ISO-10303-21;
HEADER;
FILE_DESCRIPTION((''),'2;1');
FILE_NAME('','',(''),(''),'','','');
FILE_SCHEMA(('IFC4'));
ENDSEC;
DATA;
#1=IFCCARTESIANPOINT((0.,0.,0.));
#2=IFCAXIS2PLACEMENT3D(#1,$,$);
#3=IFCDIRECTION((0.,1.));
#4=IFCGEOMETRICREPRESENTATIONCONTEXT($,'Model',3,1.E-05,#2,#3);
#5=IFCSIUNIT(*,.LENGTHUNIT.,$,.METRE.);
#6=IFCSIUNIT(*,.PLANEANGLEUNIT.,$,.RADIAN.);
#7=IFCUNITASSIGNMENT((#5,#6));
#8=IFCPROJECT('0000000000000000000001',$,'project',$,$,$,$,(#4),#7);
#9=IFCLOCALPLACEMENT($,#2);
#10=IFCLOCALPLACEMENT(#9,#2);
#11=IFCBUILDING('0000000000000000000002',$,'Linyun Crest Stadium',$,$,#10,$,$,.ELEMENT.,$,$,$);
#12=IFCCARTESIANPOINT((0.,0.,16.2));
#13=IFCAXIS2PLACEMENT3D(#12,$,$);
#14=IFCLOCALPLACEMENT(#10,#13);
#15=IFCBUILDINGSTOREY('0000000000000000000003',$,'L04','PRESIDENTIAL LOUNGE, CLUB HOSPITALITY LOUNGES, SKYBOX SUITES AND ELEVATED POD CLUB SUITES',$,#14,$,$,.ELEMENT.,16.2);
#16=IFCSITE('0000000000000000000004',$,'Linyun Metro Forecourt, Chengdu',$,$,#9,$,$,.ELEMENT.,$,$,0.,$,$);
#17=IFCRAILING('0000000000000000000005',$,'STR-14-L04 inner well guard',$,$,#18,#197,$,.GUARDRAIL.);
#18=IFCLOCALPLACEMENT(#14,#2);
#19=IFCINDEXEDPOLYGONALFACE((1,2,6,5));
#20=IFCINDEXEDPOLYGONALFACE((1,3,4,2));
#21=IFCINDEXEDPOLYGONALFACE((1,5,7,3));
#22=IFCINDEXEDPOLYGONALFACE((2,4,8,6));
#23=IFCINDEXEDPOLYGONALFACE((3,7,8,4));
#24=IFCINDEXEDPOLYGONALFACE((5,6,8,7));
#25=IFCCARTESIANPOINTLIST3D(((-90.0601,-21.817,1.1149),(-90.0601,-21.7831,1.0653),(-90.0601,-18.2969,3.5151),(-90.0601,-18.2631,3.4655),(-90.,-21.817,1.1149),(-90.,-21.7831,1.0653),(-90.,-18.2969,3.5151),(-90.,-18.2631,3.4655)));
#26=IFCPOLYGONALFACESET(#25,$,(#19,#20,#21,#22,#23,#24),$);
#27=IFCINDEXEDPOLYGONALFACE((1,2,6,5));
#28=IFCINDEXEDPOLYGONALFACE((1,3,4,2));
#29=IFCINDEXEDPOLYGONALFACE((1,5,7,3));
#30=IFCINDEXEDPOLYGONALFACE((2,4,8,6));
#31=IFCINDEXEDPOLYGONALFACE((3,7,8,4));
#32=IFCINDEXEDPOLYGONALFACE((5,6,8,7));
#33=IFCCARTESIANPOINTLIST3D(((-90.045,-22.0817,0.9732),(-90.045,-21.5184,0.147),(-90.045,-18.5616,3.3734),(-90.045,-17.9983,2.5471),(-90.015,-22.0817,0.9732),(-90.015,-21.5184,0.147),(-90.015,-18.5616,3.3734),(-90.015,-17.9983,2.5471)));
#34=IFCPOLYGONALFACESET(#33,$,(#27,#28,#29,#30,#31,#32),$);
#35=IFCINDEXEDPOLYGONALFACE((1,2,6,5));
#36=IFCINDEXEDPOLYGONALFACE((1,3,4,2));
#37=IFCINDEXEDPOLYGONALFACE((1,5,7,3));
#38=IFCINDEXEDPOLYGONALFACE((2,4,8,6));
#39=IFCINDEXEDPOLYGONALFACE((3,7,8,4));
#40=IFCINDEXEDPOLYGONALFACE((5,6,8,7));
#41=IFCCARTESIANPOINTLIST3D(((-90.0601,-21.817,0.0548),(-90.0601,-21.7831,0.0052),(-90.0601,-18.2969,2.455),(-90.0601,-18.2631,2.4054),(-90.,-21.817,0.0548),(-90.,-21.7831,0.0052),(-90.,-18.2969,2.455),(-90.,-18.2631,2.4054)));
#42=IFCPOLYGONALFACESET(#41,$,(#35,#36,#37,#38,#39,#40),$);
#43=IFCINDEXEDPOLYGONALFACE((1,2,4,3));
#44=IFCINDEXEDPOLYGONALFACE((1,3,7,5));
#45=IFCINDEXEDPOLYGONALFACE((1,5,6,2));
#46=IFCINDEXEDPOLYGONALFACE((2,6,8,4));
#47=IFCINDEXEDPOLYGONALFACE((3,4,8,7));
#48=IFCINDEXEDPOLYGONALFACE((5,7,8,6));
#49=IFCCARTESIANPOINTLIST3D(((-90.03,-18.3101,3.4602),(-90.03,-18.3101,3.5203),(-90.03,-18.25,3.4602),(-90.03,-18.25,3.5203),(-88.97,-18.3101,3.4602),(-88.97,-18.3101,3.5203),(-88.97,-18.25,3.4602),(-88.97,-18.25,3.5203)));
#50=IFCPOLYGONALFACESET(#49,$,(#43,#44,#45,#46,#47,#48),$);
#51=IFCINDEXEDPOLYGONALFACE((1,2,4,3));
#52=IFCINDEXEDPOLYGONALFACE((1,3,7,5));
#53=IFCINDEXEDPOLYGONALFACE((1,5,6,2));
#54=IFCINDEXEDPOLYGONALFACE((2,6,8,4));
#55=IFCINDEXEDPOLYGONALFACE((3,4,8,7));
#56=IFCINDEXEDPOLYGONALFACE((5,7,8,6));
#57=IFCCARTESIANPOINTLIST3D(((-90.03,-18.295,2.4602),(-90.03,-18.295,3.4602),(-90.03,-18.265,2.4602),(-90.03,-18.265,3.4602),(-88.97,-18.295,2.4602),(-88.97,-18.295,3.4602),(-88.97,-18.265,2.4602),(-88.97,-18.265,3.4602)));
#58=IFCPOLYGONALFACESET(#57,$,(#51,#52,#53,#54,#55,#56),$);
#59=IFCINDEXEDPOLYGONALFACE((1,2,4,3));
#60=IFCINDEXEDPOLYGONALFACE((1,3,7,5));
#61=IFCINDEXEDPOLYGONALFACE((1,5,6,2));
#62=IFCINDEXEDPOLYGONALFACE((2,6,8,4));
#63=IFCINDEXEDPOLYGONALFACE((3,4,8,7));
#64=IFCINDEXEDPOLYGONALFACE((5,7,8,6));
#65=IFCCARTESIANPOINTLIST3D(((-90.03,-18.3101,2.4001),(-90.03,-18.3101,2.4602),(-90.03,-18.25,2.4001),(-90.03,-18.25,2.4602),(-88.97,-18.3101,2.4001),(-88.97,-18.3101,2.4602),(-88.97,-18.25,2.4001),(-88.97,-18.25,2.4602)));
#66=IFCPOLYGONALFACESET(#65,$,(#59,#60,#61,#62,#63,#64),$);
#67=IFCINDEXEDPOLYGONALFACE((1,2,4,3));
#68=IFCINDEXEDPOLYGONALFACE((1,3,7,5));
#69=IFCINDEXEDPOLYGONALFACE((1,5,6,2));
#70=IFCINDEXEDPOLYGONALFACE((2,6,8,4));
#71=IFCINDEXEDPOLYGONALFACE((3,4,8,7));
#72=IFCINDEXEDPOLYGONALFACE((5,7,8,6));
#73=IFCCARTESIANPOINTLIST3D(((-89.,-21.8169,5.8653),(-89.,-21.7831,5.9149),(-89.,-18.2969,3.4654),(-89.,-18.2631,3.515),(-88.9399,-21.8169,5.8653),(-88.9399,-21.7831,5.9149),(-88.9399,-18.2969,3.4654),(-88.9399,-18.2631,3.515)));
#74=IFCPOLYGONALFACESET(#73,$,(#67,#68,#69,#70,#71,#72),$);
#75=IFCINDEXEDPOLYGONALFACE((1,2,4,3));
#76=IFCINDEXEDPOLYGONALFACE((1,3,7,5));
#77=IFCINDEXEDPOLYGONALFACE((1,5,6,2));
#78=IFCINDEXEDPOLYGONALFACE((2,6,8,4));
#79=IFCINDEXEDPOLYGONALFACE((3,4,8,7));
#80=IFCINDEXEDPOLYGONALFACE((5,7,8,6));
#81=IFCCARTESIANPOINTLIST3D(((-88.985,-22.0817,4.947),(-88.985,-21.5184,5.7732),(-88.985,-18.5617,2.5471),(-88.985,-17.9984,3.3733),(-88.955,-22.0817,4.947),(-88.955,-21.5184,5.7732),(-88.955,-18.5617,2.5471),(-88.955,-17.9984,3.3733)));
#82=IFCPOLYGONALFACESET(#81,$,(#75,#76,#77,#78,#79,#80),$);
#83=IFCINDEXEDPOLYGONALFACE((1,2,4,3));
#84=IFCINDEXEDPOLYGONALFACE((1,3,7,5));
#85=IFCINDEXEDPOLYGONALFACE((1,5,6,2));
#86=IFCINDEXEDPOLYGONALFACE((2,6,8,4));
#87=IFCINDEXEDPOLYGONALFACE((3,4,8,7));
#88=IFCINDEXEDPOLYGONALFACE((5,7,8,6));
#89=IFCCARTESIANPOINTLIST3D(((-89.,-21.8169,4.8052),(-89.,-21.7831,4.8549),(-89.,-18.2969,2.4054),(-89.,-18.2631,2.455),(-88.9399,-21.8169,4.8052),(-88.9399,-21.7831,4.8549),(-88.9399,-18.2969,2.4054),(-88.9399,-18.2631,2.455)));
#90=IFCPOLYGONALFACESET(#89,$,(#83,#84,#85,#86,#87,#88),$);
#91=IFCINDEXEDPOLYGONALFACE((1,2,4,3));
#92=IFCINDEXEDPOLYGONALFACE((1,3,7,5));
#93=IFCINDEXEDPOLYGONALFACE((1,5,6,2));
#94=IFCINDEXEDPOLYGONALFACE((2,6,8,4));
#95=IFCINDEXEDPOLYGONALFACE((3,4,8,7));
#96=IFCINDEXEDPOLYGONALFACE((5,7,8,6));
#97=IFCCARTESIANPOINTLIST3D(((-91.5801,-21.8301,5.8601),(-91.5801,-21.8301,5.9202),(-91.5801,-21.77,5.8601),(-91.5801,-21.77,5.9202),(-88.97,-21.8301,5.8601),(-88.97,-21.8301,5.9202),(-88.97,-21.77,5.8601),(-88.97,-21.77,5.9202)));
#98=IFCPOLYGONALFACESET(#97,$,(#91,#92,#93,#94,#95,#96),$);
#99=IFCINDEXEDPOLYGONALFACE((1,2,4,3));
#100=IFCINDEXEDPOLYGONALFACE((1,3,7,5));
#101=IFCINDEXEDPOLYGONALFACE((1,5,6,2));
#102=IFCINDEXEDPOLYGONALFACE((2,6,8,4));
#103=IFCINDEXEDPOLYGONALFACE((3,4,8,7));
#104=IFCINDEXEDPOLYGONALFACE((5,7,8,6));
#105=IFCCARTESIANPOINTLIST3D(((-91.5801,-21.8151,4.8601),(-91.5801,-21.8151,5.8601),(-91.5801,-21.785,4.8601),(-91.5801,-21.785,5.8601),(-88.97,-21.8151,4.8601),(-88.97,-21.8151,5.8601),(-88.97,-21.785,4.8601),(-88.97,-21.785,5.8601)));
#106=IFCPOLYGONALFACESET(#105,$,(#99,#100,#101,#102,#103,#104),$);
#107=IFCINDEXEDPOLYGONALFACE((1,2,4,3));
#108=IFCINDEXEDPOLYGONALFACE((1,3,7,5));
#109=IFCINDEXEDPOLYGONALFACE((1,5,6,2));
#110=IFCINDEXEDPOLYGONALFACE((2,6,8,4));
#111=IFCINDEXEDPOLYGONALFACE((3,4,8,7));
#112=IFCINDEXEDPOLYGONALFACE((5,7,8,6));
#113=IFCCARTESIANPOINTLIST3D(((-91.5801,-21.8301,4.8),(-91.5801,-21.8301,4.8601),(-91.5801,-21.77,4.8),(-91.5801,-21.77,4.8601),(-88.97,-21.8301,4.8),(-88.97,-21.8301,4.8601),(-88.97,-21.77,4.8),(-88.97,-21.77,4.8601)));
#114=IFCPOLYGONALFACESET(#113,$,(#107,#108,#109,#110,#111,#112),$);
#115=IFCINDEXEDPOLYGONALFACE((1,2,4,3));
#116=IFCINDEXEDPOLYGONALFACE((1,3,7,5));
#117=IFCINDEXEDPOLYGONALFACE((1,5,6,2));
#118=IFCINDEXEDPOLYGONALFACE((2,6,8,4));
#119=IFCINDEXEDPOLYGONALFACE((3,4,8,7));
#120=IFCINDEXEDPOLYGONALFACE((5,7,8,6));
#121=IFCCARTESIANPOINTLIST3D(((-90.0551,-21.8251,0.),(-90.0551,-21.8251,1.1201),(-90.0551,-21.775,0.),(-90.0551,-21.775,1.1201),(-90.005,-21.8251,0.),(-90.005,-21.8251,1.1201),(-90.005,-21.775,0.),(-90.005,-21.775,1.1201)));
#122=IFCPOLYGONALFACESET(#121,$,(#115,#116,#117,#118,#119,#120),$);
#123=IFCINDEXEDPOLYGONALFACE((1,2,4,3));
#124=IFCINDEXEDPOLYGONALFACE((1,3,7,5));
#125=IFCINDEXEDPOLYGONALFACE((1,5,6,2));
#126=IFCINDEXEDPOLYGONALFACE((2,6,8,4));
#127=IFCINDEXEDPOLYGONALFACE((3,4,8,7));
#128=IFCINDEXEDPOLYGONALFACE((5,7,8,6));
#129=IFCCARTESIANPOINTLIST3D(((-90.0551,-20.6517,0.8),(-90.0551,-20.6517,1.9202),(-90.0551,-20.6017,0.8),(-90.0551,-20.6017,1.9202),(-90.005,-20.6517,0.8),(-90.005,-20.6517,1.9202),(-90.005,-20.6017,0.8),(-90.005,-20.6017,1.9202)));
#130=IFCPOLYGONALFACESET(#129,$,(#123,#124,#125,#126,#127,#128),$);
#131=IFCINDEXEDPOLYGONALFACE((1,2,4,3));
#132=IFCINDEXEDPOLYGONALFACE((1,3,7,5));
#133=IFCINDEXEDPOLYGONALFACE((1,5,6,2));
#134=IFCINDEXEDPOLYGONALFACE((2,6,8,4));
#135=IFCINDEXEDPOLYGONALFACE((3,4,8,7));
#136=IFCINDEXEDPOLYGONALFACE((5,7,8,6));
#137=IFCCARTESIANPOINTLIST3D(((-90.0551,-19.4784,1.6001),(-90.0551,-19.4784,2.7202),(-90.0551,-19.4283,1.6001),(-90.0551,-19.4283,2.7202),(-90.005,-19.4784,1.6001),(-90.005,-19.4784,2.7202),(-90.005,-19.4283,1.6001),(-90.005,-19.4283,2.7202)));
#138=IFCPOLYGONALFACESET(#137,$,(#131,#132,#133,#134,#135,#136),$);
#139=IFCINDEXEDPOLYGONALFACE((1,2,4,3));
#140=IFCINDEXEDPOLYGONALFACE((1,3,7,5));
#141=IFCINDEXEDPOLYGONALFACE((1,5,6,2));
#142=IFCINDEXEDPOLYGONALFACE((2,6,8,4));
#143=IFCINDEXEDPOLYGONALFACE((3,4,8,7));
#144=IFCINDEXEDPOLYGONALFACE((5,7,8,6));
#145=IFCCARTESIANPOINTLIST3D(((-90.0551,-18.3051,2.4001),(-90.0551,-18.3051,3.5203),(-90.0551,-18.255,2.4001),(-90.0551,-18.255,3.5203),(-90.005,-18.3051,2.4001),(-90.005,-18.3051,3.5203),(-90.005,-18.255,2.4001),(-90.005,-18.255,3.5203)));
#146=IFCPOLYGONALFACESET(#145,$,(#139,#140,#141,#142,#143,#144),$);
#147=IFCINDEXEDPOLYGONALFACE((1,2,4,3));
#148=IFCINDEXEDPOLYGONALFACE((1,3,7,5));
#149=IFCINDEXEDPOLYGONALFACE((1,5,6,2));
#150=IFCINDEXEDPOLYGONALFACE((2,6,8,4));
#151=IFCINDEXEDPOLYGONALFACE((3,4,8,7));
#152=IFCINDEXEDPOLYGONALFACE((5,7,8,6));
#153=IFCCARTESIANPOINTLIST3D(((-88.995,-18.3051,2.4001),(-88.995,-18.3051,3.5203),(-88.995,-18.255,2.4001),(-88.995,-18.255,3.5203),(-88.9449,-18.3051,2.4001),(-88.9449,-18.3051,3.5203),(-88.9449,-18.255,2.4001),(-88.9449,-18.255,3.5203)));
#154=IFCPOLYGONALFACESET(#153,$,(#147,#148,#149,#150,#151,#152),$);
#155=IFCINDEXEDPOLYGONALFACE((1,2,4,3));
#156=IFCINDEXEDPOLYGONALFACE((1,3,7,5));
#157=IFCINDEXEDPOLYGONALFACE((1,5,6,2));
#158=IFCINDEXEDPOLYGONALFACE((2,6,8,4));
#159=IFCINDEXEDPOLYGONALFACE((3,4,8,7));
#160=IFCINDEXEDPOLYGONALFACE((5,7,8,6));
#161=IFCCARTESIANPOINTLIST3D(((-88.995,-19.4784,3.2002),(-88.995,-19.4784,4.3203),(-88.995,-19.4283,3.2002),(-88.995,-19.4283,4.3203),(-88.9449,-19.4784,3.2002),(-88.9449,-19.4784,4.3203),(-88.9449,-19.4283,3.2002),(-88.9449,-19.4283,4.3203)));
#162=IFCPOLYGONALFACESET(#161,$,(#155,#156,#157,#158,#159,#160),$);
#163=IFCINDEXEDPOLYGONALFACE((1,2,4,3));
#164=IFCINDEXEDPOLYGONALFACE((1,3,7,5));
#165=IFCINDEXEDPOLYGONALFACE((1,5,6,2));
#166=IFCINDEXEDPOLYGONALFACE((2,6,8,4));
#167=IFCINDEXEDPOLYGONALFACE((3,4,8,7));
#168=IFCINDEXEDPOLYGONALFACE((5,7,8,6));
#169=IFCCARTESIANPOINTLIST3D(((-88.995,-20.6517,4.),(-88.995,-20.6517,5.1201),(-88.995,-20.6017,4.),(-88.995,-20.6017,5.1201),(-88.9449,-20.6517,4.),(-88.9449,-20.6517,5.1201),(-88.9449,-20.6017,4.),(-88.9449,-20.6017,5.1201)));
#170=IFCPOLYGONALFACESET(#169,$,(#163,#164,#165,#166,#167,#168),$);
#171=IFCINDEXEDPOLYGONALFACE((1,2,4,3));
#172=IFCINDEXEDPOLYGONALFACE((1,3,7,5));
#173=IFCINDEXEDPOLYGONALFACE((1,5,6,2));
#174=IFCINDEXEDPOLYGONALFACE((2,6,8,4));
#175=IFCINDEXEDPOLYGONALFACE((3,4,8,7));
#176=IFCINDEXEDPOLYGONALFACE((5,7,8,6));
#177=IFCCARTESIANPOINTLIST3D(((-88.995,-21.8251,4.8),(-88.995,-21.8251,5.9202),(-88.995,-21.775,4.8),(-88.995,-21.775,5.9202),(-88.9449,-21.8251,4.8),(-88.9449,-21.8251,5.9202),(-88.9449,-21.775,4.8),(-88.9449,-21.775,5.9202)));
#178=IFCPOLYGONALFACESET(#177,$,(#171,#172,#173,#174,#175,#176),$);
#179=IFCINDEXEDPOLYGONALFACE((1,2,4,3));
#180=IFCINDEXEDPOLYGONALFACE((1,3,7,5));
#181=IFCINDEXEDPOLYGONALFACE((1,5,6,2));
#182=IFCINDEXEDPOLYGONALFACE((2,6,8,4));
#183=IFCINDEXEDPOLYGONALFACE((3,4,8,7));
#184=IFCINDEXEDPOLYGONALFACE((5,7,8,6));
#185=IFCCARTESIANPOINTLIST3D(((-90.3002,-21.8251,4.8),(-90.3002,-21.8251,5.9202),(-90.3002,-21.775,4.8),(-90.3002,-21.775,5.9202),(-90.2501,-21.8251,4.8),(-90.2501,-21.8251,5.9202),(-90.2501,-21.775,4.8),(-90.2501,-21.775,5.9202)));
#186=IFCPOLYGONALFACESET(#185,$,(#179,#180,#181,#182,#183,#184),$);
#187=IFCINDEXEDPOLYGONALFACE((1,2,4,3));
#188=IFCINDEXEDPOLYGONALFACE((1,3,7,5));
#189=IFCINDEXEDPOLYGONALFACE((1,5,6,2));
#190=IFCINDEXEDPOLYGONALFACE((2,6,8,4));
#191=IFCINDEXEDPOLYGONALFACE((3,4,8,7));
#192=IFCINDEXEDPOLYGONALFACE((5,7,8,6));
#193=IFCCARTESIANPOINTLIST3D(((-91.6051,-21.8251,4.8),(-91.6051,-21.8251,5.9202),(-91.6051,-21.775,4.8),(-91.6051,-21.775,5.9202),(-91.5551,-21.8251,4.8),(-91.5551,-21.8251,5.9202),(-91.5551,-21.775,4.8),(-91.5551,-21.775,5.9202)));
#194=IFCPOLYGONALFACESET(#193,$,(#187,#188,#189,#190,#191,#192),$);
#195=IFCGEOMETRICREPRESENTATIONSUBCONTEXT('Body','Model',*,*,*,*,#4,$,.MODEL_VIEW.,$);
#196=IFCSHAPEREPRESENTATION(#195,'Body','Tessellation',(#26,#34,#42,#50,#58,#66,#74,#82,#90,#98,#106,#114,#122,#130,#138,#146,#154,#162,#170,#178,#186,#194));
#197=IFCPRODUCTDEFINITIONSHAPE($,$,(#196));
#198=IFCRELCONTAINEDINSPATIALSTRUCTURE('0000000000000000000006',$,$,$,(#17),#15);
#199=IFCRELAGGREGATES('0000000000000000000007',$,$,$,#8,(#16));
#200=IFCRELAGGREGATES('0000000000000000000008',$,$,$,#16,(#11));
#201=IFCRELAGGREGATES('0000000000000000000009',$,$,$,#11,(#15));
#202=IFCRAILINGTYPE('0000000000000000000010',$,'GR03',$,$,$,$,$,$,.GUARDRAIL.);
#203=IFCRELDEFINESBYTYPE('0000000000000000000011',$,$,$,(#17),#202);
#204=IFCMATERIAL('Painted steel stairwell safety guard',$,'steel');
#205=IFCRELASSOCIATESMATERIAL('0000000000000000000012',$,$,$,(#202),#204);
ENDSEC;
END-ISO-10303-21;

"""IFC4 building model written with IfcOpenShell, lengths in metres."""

from ifc_helpers import new_model, si_unit, direction, frame, origin, origin_2d, place, context, subcontext, project, spatial, rectangle, extrude, material, type_object, element, save


model = new_model("IFC4")

# Units and contexts
model_context = context("Model", 3, precision=1e-05, world=origin(), true_north=direction((0.0, 1.0)))
body_context = subcontext(model_context, "Body", "Model", "MODEL_VIEW")
ifc_project = project(units=[si_unit("LENGTHUNIT", "METRE"), si_unit("PLANEANGLEUNIT", "RADIAN")], contexts=[model_context])

# Site, building, storey
site_placement = place(None, origin())
site = spatial("IfcSite", under=ifc_project, at=site_placement, Name="Linyun Metro Forecourt, Chengdu", CompositionType="ELEMENT", RefElevation=0.0)
building_placement = place(site_placement, origin())
building = spatial("IfcBuilding", under=site, at=building_placement, Name="Linyun Crest Stadium", CompositionType="ELEMENT")
storey_placement = place(building_placement, frame((0.0, 0.0, 16.2)))
storey = spatial("IfcBuildingStorey", under=building, at=storey_placement, Name="L04", Description="PRESIDENTIAL LOUNGE, CLUB HOSPITALITY LOUNGES, SKYBOX SUITES AND ELEVATED POD CLUB SUITES", CompositionType="ELEMENT", Elevation=16.2)

# Railing
ifc_material_1 = material(Name="Painted steel stairwell safety guard", Category="steel")
railing_type_1 = type_object("IfcRailingType", Name="GR03", PredefinedType="GUARDRAIL", material=ifc_material_1)
railing_1_placement = place(storey_placement, frame((-90.03, -21.8, 0.0)))
element("IfcRailing", 1, at=railing_1_placement, inside=storey, type_object=railing_type_1, Name="STR-14-L04 inner well guard", PredefinedType="GUARDRAIL", context=body_context, shape_type="SweptSolid", body=[
    extrude(rectangle(XDim=0.0601, YDim=0.0601, at=origin_2d()), frame((0.0, 0.0, 1.0901), z_axis=(0.0, 0.826213, 0.563358), x_axis=(-1.0, 0.0, 0.0)), (0.0, 0.0, 1.0), 4.2605),
    extrude(rectangle(XDim=0.03, YDim=1.0, at=origin_2d()), frame((0.0, 0.0, 0.5601), z_axis=(0.0, 0.826213, 0.563358), x_axis=(-1.0, 0.0, 0.0)), (0.0, 0.0, 1.0), 4.2605),
    extrude(rectangle(XDim=0.0601, YDim=0.0601, at=origin_2d()), frame((0.0, 0.0, 0.03), z_axis=(0.0, 0.826213, 0.563358), x_axis=(-1.0, 0.0, 0.0)), (0.0, 0.0, 1.0), 4.2605),
    extrude(rectangle(XDim=0.0601, YDim=0.0601, at=origin_2d()), frame((0.0, 3.52, 3.4902), z_axis=(1.0, 0.0, 0.0), x_axis=(0.0, 1.0, 0.0)), (0.0, 0.0, 1.0), 1.0601),
    extrude(rectangle(XDim=0.03, YDim=1.0, at=origin_2d()), frame((0.0, 3.52, 2.9602), z_axis=(1.0, 0.0, 0.0), x_axis=(0.0, 1.0, 0.0)), (0.0, 0.0, 1.0), 1.0601),
    extrude(rectangle(XDim=0.0601, YDim=0.0601, at=origin_2d()), frame((0.0, 3.52, 2.4302), z_axis=(1.0, 0.0, 0.0), x_axis=(0.0, 1.0, 0.0)), (0.0, 0.0, 1.0), 1.0601),
    extrude(rectangle(XDim=0.0601, YDim=0.0601, at=origin_2d()), frame((1.0601, 3.52, 3.4902), z_axis=(0.0, -0.826239, 0.563319), x_axis=(1.0, 0.0, 0.0)), (0.0, 0.0, 1.0), 4.2603),
    extrude(rectangle(XDim=0.03, YDim=1.0, at=origin_2d()), frame((1.0601, 3.52, 2.9602), z_axis=(0.0, -0.826239, 0.563319), x_axis=(1.0, 0.0, 0.0)), (0.0, 0.0, 1.0), 4.2603),
    extrude(rectangle(XDim=0.0601, YDim=0.0601, at=origin_2d()), frame((1.0601, 3.52, 2.4302), z_axis=(0.0, -0.826239, 0.563319), x_axis=(1.0, 0.0, 0.0)), (0.0, 0.0, 1.0), 4.2603),
    extrude(rectangle(XDim=0.0601, YDim=0.0601, at=origin_2d()), frame((1.0601, 0.0, 5.8901), z_axis=(-1.0, 0.0, 0.0), x_axis=(0.0, -1.0, 0.0)), (0.0, 0.0, 1.0), 2.6101),
    extrude(rectangle(XDim=0.03, YDim=1.0, at=origin_2d()), frame((1.0601, 0.0, 5.3601), z_axis=(-1.0, 0.0, 0.0), x_axis=(0.0, -1.0, 0.0)), (0.0, 0.0, 1.0), 2.6101),
    extrude(rectangle(XDim=0.0601, YDim=0.0601, at=origin_2d()), frame((1.0601, 0.0, 4.8301), z_axis=(-1.0, 0.0, 0.0), x_axis=(0.0, -1.0, 0.0)), (0.0, 0.0, 1.0), 2.6101),
    extrude(rectangle(XDim=0.05, YDim=0.05, at=origin_2d()), origin(), (0.0, 0.0, 1.0), 1.1201),
    extrude(rectangle(XDim=0.05, YDim=0.05, at=origin_2d()), frame((0.0, 1.1733, 0.8)), (0.0, 0.0, 1.0), 1.1201),
    extrude(rectangle(XDim=0.05, YDim=0.05, at=origin_2d()), frame((0.0, 2.3467, 1.6001)), (0.0, 0.0, 1.0), 1.1201),
    extrude(rectangle(XDim=0.05, YDim=0.05, at=origin_2d()), frame((0.0, 3.52, 2.4001)), (0.0, 0.0, 1.0), 1.1201),
    extrude(rectangle(XDim=0.05, YDim=0.05, at=origin_2d()), frame((1.0601, 3.52, 2.4001)), (0.0, 0.0, 1.0), 1.1201),
    extrude(rectangle(XDim=0.05, YDim=0.05, at=origin_2d()), frame((1.0601, 2.3467, 3.2002)), (0.0, 0.0, 1.0), 1.1201),
    extrude(rectangle(XDim=0.05, YDim=0.05, at=origin_2d()), frame((1.0601, 1.1733, 4.0)), (0.0, 0.0, 1.0), 1.1201),
    extrude(rectangle(XDim=0.05, YDim=0.05, at=origin_2d()), frame((1.0601, 0.0, 4.8)), (0.0, 0.0, 1.0), 1.1201),
    extrude(rectangle(XDim=0.05, YDim=0.05, at=origin_2d()), frame((-0.2451, 0.0, 4.8)), (0.0, 0.0, 1.0), 1.1201),
    extrude(rectangle(XDim=0.05, YDim=0.05, at=origin_2d()), frame((-1.55, 0.0, 4.8)), (0.0, 0.0, 1.0), 1.1201),
])

save(model, "model.ifc")
